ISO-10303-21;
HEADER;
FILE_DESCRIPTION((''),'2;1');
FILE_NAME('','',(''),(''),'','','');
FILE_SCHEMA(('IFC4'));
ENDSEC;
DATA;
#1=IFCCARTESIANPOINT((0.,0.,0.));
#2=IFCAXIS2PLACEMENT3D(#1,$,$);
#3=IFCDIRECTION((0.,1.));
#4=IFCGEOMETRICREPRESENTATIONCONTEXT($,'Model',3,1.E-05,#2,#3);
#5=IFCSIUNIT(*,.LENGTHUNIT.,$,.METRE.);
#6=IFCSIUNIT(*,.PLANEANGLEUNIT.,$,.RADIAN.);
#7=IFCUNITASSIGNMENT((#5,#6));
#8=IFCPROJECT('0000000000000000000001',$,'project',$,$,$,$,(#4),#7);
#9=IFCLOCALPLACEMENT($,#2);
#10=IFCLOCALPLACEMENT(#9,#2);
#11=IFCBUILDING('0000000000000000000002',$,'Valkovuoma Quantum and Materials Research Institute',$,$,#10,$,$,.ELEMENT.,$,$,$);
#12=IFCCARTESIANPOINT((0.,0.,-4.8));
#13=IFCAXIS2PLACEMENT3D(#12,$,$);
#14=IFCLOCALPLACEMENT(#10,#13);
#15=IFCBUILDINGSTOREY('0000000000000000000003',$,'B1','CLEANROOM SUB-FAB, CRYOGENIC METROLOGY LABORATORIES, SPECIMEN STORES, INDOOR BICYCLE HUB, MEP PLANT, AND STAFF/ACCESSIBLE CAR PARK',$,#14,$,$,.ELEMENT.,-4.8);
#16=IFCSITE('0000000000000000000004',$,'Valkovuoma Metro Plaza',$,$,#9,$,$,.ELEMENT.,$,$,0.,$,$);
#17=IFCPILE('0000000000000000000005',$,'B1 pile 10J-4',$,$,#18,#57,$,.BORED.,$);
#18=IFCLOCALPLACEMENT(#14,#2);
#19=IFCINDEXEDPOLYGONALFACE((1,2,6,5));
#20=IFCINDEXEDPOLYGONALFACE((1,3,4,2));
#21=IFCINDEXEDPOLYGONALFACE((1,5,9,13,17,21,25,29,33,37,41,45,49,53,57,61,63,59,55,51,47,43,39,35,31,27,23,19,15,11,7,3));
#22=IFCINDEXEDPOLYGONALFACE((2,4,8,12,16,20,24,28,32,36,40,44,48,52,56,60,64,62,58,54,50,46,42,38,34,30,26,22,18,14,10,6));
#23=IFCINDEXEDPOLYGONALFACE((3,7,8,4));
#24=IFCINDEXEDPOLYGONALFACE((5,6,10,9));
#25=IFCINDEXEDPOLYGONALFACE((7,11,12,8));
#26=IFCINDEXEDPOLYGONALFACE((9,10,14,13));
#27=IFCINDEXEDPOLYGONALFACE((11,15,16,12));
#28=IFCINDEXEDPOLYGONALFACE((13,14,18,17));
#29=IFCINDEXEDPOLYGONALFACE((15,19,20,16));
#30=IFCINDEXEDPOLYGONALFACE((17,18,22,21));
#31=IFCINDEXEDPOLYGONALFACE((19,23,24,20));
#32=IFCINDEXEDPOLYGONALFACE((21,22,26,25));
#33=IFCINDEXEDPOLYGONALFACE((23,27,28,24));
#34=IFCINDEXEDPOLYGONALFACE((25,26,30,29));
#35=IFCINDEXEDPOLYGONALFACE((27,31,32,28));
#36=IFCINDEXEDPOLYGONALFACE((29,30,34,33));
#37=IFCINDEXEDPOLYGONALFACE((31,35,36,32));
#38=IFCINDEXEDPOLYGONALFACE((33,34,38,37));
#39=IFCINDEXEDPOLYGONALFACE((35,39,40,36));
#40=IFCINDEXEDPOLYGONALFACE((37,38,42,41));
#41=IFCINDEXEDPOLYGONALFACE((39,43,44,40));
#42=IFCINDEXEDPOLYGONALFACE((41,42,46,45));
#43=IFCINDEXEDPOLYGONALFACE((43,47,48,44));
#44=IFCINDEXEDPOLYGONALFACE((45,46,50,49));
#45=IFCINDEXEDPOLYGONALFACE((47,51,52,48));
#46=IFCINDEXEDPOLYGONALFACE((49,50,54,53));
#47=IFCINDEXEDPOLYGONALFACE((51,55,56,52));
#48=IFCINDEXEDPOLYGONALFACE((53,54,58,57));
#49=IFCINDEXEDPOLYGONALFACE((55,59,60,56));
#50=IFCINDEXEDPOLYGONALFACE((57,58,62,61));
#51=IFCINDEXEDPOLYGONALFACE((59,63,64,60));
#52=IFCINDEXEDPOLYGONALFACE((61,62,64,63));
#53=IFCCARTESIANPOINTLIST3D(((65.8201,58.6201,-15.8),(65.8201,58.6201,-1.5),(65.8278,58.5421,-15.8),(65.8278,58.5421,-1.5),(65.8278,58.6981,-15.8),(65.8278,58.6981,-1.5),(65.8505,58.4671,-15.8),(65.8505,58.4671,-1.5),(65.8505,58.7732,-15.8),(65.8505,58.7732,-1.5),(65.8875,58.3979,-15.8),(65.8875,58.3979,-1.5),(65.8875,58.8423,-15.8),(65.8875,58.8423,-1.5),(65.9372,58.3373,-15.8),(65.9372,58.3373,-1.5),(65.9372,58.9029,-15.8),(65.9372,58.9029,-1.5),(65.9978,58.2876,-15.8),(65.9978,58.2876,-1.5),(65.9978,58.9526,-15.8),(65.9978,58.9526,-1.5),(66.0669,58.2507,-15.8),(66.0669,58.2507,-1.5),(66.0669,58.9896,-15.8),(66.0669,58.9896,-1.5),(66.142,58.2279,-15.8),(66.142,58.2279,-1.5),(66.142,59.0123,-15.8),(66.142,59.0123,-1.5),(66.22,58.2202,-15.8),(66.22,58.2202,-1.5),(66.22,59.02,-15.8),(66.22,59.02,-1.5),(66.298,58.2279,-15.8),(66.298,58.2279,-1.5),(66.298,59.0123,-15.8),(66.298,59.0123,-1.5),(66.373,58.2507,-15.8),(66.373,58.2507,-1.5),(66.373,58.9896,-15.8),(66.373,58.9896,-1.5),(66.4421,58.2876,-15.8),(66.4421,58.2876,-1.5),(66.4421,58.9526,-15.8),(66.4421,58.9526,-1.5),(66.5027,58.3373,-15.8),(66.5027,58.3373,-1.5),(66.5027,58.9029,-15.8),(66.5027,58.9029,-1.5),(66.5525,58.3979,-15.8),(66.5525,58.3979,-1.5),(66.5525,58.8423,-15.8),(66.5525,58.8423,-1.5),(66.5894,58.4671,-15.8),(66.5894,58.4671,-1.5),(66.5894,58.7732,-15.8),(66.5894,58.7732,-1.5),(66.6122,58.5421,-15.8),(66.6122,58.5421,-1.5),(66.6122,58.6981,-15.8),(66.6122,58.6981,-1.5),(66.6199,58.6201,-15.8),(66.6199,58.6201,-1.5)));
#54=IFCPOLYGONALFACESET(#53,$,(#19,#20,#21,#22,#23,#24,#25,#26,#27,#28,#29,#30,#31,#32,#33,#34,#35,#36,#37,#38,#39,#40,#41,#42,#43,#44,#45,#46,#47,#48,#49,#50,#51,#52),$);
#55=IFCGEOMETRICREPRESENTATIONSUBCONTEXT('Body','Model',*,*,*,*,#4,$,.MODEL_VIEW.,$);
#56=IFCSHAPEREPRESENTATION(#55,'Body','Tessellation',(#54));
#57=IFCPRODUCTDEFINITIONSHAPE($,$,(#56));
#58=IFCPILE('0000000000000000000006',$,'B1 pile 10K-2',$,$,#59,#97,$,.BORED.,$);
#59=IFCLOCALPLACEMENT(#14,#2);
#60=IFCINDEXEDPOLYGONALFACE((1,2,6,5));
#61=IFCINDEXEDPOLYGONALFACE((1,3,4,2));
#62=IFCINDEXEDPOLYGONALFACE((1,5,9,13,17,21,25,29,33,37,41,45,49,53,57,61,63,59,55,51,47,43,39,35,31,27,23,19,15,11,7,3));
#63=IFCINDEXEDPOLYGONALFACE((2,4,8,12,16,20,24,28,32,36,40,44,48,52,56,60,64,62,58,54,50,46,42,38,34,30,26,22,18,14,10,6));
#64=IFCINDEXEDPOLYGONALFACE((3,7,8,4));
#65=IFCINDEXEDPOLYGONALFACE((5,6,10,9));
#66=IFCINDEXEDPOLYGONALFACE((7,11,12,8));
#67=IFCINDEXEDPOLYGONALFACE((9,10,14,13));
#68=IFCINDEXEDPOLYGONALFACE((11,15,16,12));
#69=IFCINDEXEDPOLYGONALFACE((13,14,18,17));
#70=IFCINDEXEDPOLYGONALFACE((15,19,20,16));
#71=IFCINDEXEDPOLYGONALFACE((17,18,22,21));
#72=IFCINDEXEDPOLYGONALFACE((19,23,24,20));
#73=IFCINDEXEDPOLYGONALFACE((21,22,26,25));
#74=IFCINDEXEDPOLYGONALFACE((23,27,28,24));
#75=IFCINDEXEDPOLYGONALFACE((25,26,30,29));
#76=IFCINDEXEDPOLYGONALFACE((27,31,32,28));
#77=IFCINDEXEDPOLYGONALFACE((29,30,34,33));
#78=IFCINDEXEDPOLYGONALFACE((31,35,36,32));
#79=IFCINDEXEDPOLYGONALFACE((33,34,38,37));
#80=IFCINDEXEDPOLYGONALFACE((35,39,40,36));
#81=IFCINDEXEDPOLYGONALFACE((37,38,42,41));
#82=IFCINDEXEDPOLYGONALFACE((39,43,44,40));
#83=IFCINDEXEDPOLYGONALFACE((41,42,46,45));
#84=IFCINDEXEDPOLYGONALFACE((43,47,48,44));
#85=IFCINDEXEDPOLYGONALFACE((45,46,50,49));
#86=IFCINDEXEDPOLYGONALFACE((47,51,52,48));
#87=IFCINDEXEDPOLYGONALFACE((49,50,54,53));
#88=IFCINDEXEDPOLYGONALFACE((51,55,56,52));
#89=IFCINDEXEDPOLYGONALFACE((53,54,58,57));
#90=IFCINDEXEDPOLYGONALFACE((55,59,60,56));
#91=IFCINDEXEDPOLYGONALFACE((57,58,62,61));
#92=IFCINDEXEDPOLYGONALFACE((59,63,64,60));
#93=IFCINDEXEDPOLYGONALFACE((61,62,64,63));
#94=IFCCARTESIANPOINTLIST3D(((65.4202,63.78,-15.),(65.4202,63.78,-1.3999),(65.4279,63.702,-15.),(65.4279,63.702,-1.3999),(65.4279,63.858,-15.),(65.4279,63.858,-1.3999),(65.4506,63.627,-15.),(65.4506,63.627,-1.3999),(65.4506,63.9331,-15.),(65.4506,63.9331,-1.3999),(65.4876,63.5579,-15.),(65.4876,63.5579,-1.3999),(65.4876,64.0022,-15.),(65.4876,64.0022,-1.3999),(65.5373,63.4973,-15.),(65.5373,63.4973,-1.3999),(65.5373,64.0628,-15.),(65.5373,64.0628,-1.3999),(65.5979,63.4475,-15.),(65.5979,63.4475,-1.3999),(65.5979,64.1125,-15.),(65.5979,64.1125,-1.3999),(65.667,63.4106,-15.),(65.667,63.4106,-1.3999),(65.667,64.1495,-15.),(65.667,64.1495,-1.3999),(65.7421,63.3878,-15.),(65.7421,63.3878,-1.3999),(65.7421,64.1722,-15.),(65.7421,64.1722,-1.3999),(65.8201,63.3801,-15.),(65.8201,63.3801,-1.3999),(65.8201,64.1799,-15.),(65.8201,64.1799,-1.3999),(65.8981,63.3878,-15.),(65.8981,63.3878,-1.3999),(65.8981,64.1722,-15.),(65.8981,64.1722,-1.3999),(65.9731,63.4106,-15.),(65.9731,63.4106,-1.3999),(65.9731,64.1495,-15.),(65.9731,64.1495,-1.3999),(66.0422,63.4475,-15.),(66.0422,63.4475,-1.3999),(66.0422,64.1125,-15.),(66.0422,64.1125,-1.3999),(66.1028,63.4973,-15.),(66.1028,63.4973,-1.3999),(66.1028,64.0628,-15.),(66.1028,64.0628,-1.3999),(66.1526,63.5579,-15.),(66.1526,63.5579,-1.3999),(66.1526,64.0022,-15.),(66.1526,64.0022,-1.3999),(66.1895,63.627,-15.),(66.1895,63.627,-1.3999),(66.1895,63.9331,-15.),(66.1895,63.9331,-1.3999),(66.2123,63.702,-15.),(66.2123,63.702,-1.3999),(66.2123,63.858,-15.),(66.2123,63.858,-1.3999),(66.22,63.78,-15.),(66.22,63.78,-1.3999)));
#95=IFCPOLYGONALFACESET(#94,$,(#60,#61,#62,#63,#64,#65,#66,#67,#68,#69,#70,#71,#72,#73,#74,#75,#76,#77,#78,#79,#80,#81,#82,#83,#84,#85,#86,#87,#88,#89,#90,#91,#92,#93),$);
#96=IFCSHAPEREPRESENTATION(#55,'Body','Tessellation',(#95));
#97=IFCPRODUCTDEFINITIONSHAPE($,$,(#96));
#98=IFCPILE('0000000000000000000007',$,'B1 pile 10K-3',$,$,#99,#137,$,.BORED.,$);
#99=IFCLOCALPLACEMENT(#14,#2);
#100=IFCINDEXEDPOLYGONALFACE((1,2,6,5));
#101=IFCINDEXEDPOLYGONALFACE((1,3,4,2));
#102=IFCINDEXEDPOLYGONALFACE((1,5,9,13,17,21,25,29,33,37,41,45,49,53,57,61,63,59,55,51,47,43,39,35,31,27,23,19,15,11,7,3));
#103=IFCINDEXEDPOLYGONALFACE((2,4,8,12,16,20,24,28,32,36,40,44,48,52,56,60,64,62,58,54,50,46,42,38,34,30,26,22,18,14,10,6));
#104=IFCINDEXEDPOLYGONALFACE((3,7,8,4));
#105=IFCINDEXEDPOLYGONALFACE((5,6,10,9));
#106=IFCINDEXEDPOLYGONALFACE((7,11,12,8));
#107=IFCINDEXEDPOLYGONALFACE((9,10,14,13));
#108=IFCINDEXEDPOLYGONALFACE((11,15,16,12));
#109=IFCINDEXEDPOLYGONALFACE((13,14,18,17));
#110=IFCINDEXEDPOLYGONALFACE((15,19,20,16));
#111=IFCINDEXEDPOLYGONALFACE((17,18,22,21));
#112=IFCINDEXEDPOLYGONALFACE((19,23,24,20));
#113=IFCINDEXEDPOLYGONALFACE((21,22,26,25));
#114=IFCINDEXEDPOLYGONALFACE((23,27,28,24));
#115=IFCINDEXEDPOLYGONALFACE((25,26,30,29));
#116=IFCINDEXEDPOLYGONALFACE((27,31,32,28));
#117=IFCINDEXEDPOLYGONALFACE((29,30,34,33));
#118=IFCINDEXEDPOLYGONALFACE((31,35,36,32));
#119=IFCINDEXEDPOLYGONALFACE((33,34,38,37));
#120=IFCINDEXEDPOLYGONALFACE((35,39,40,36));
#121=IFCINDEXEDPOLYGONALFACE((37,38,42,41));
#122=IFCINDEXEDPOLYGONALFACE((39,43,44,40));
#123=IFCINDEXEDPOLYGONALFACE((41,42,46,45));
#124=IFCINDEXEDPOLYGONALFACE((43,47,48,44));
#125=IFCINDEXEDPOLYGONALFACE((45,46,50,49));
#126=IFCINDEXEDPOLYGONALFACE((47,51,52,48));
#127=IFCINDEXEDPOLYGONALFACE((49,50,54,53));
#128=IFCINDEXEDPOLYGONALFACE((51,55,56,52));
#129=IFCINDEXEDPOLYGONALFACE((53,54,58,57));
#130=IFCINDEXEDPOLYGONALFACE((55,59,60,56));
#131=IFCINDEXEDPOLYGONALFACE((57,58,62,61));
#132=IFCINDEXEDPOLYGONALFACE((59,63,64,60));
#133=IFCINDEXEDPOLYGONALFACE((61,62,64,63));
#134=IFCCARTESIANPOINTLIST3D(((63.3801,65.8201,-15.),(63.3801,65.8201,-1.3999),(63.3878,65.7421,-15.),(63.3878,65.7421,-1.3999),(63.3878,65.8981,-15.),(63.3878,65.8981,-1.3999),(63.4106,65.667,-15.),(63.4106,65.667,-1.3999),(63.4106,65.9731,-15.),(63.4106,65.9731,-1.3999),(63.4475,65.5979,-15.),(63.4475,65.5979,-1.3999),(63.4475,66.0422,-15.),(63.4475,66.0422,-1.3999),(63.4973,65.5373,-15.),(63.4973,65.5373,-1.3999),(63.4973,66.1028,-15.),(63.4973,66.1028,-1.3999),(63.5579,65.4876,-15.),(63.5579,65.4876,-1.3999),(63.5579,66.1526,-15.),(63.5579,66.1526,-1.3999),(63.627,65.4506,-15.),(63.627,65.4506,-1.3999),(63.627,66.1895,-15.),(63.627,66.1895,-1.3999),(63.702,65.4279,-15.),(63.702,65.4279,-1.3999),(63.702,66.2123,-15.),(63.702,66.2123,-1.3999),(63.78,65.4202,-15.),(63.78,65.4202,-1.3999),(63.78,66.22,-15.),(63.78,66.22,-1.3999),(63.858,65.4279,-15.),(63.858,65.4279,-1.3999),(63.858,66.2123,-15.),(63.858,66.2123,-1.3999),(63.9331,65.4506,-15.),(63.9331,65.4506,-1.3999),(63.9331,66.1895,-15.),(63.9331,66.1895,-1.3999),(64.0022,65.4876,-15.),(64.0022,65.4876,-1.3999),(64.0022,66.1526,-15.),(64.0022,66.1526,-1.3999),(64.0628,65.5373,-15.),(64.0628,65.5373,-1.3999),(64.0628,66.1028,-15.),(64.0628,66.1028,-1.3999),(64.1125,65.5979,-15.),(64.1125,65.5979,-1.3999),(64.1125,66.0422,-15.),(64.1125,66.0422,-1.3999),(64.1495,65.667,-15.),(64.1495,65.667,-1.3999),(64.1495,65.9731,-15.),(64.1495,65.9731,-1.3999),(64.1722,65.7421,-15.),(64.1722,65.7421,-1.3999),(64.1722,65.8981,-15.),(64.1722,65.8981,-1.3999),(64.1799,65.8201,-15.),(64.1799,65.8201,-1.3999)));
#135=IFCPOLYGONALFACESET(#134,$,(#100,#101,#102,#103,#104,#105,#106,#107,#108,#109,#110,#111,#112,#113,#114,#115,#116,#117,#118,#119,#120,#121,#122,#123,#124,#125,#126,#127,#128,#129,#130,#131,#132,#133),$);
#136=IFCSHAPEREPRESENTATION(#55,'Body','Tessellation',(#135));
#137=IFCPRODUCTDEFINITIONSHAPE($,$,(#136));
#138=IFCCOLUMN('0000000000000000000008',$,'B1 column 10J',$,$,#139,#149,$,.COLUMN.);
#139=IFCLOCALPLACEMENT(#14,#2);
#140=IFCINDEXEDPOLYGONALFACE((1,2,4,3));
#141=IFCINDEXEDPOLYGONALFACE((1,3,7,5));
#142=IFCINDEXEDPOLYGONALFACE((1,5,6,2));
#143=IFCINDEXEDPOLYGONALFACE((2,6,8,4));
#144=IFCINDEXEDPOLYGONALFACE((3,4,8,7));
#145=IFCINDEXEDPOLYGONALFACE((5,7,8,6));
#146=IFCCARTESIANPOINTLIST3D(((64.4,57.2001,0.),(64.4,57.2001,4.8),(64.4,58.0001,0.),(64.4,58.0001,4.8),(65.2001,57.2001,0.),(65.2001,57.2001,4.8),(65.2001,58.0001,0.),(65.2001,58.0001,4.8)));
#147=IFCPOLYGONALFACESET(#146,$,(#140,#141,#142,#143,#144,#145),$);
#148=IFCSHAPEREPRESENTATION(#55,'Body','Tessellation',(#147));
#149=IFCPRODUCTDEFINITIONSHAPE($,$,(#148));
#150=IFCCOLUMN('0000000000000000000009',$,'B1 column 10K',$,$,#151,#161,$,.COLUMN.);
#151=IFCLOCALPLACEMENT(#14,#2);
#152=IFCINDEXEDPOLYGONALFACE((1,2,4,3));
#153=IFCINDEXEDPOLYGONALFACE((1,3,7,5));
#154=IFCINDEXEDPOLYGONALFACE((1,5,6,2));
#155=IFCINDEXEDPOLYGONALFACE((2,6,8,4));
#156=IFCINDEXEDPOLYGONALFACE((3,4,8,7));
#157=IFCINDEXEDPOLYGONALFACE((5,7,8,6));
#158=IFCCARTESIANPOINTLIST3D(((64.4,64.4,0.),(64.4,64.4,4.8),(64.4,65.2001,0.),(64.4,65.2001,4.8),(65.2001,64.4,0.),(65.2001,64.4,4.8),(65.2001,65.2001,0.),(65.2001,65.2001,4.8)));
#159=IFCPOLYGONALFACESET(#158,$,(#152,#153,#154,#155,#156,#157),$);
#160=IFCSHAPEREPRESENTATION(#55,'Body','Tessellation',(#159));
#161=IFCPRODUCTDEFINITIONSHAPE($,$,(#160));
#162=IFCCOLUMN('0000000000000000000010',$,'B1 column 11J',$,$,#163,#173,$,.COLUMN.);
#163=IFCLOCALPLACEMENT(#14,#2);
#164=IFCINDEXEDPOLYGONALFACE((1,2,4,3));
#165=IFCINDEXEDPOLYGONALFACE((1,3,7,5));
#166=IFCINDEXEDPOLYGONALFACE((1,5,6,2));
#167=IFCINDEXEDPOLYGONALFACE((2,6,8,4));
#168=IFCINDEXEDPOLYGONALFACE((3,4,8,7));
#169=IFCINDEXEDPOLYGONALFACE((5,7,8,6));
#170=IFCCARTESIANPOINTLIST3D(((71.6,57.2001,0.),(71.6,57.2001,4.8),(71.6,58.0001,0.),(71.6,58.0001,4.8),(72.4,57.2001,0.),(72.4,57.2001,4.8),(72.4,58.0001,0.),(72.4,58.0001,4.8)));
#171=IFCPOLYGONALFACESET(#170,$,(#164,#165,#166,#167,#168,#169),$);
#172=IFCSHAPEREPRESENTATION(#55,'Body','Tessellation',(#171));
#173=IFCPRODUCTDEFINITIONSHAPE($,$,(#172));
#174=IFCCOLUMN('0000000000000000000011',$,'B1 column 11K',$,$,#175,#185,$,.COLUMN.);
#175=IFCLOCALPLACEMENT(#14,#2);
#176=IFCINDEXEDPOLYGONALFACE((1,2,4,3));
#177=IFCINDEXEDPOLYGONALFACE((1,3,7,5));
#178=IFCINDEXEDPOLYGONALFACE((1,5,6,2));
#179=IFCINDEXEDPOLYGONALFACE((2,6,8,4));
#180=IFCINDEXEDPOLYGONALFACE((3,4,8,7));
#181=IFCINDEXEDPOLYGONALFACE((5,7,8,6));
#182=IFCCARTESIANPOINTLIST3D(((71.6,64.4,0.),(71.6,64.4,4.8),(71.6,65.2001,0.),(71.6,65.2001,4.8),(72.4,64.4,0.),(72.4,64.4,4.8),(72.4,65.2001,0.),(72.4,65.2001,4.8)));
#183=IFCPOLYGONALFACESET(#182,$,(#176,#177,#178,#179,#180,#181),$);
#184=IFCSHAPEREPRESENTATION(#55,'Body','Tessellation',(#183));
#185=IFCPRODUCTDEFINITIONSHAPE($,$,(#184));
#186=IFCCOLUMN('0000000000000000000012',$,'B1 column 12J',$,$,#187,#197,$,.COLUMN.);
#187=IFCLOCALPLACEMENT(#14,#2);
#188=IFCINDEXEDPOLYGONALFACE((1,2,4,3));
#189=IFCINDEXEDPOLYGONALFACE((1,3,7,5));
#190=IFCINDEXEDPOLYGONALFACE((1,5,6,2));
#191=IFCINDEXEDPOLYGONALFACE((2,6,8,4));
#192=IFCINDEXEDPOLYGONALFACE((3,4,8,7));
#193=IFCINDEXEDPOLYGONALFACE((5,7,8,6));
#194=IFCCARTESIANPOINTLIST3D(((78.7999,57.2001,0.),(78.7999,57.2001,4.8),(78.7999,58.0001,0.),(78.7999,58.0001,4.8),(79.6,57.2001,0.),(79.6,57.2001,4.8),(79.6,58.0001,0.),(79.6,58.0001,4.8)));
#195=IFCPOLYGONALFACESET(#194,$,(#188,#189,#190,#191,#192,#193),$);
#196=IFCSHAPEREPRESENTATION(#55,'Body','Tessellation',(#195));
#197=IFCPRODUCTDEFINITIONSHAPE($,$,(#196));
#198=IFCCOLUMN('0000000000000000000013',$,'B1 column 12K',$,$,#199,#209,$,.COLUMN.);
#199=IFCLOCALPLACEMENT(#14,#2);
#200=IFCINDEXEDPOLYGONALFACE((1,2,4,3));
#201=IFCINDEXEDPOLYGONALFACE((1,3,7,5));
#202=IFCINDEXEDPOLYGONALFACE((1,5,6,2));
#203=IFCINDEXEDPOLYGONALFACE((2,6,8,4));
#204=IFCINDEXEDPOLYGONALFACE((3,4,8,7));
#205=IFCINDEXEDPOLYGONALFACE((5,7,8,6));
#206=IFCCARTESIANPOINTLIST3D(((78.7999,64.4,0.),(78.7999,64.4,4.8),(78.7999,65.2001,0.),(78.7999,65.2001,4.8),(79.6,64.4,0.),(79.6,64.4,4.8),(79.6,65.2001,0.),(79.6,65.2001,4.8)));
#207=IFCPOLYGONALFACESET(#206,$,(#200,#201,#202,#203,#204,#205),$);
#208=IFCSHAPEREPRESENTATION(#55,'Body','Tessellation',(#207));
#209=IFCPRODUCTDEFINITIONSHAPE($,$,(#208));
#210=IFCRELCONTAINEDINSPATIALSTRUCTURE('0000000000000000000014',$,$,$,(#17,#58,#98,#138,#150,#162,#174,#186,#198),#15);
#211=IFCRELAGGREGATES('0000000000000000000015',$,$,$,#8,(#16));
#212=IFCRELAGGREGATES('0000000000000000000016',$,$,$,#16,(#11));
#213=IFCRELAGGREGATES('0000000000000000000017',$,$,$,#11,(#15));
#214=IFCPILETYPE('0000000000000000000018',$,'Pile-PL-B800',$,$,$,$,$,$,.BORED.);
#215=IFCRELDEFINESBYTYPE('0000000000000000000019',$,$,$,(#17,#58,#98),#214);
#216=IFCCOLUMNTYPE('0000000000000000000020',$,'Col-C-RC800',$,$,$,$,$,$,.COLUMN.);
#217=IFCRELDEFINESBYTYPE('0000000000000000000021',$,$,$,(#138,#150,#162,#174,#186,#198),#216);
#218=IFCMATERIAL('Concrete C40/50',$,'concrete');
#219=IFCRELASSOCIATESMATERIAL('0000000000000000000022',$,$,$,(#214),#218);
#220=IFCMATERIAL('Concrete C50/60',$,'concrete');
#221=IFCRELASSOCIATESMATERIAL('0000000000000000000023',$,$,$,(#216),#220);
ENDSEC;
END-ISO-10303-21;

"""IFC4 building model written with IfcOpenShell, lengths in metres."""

from ifc_helpers import new_model, si_unit, direction, frame, origin, origin_2d, place, context, subcontext, project, spatial, rectangle, circle, extrude, material, material_profile, profile_set, type_object, element, save


model = new_model("IFC4")

# Units and contexts
model_context = context("Model", 3, precision=1e-05, world=origin(), true_north=direction((0.0, 1.0)))
body_context = subcontext(model_context, "Body", "Model", "MODEL_VIEW")
ifc_project = project(units=[si_unit("LENGTHUNIT", "METRE"), si_unit("PLANEANGLEUNIT", "RADIAN")], contexts=[model_context])

# Site, building, storey
site_placement = place(None, origin())
site = spatial("IfcSite", under=ifc_project, at=site_placement, Name="Valkovuoma Metro Plaza", CompositionType="ELEMENT", RefElevation=0.0)
building_placement = place(site_placement, origin())
building = spatial("IfcBuilding", under=site, at=building_placement, Name="Valkovuoma Quantum and Materials Research Institute", CompositionType="ELEMENT")
storey_placement = place(building_placement, frame((0.0, 0.0, -4.8)))
storey = spatial("IfcBuildingStorey", under=building, at=storey_placement, Name="B1", Description="CLEANROOM SUB-FAB, CRYOGENIC METROLOGY LABORATORIES, SPECIMEN STORES, INDOOR BICYCLE HUB, MEP PLANT, AND STAFF/ACCESSIBLE CAR PARK", CompositionType="ELEMENT", Elevation=-4.8)

# Piles
ifc_material_1 = material(Name="Concrete C40/50", Category="concrete")
ifc_material_profile_1 = material_profile(ifc_material_1, circle(Radius=0.3999, at=origin_2d()), Name="Concrete C40/50")
ifc_profile_set_1 = profile_set([ifc_material_profile_1], Name="Concrete C40/50")
pile_type_1 = type_object("IfcPileType", Name="Pile-PL-B800", PredefinedType="BORED", material=ifc_profile_set_1)
pile_placement = place(storey_placement, frame((66.22, 58.6201, -1.5), z_axis=(0.0, 0.0, -1.0), x_axis=(1.0, 0.0, 0.0)))
element("IfcPile", 1, at=pile_placement, inside=storey, type_object=pile_type_1, Name="B1 pile 10J-4", PredefinedType="BORED", context=body_context, shape_type="SweptSolid", body=[
    extrude(circle(Radius=0.3999, at=origin_2d()), origin(), (0.0, 0.0, 1.0), 14.3),
])
for number, where, z_axis, x_axis, name in (
    (2, (65.8201, 63.78, -1.3999), (0.0, 0.0, -1.0), (1.0, 0.0, 0.0), "B1 pile 10K-2"),
    (3, (63.78, 65.8201, -1.3999), (0.0, 0.0, -1.0), (1.0, 0.0, 0.0), "B1 pile 10K-3"),
):
    element("IfcPile", number, at=place(storey_placement, frame(where, z_axis=z_axis, x_axis=x_axis)), inside=storey, type_object=pile_type_1, Name=name, PredefinedType="BORED", context=body_context, shape_type="SweptSolid", body=[
        extrude(circle(Radius=0.3999, at=origin_2d()), origin(), (0.0, 0.0, 1.0), 13.6001),
    ])

# Columns
ifc_material_2 = material(Name="Concrete C50/60", Category="concrete")
ifc_material_profile_2 = material_profile(ifc_material_2, rectangle(XDim=0.8, YDim=0.8, at=origin_2d()), Name="Concrete C50/60")
ifc_profile_set_2 = profile_set([ifc_material_profile_2], Name="Concrete C50/60")
column_type = type_object("IfcColumnType", Name="Col-C-RC800", PredefinedType="COLUMN", material=ifc_profile_set_2)
for number, where, z_axis, x_axis, name in (
    (4, (64.8, 57.6001, 0.0), (0.0, 0.0, 1.0), (1.0, 0.0, 0.0), "B1 column 10J"),
    (5, (64.8, 64.8, 0.0), (0.0, 0.0, 1.0), (1.0, 0.0, 0.0), "B1 column 10K"),
    (6, (72.0, 57.6001, 0.0), (0.0, 0.0, 1.0), (1.0, 0.0, 0.0), "B1 column 11J"),
    (7, (72.0, 64.8, 0.0), (0.0, 0.0, 1.0), (1.0, 0.0, 0.0), "B1 column 11K"),
    (8, (79.2, 57.6001, 0.0), (0.0, 0.0, 1.0), (1.0, 0.0, 0.0), "B1 column 12J"),
    (9, (79.2, 64.8, 0.0), (0.0, 0.0, 1.0), (1.0, 0.0, 0.0), "B1 column 12K"),
):
    element("IfcColumn", number, at=place(storey_placement, frame(where, z_axis=z_axis, x_axis=x_axis)), inside=storey, type_object=column_type, Name=name, PredefinedType="COLUMN", context=body_context, shape_type="SweptSolid", body=[
        extrude(rectangle(XDim=0.8, YDim=0.8, at=origin_2d()), origin(), (0.0, 0.0, 1.0), 4.8),
    ])

save(model, "model.ifc")
